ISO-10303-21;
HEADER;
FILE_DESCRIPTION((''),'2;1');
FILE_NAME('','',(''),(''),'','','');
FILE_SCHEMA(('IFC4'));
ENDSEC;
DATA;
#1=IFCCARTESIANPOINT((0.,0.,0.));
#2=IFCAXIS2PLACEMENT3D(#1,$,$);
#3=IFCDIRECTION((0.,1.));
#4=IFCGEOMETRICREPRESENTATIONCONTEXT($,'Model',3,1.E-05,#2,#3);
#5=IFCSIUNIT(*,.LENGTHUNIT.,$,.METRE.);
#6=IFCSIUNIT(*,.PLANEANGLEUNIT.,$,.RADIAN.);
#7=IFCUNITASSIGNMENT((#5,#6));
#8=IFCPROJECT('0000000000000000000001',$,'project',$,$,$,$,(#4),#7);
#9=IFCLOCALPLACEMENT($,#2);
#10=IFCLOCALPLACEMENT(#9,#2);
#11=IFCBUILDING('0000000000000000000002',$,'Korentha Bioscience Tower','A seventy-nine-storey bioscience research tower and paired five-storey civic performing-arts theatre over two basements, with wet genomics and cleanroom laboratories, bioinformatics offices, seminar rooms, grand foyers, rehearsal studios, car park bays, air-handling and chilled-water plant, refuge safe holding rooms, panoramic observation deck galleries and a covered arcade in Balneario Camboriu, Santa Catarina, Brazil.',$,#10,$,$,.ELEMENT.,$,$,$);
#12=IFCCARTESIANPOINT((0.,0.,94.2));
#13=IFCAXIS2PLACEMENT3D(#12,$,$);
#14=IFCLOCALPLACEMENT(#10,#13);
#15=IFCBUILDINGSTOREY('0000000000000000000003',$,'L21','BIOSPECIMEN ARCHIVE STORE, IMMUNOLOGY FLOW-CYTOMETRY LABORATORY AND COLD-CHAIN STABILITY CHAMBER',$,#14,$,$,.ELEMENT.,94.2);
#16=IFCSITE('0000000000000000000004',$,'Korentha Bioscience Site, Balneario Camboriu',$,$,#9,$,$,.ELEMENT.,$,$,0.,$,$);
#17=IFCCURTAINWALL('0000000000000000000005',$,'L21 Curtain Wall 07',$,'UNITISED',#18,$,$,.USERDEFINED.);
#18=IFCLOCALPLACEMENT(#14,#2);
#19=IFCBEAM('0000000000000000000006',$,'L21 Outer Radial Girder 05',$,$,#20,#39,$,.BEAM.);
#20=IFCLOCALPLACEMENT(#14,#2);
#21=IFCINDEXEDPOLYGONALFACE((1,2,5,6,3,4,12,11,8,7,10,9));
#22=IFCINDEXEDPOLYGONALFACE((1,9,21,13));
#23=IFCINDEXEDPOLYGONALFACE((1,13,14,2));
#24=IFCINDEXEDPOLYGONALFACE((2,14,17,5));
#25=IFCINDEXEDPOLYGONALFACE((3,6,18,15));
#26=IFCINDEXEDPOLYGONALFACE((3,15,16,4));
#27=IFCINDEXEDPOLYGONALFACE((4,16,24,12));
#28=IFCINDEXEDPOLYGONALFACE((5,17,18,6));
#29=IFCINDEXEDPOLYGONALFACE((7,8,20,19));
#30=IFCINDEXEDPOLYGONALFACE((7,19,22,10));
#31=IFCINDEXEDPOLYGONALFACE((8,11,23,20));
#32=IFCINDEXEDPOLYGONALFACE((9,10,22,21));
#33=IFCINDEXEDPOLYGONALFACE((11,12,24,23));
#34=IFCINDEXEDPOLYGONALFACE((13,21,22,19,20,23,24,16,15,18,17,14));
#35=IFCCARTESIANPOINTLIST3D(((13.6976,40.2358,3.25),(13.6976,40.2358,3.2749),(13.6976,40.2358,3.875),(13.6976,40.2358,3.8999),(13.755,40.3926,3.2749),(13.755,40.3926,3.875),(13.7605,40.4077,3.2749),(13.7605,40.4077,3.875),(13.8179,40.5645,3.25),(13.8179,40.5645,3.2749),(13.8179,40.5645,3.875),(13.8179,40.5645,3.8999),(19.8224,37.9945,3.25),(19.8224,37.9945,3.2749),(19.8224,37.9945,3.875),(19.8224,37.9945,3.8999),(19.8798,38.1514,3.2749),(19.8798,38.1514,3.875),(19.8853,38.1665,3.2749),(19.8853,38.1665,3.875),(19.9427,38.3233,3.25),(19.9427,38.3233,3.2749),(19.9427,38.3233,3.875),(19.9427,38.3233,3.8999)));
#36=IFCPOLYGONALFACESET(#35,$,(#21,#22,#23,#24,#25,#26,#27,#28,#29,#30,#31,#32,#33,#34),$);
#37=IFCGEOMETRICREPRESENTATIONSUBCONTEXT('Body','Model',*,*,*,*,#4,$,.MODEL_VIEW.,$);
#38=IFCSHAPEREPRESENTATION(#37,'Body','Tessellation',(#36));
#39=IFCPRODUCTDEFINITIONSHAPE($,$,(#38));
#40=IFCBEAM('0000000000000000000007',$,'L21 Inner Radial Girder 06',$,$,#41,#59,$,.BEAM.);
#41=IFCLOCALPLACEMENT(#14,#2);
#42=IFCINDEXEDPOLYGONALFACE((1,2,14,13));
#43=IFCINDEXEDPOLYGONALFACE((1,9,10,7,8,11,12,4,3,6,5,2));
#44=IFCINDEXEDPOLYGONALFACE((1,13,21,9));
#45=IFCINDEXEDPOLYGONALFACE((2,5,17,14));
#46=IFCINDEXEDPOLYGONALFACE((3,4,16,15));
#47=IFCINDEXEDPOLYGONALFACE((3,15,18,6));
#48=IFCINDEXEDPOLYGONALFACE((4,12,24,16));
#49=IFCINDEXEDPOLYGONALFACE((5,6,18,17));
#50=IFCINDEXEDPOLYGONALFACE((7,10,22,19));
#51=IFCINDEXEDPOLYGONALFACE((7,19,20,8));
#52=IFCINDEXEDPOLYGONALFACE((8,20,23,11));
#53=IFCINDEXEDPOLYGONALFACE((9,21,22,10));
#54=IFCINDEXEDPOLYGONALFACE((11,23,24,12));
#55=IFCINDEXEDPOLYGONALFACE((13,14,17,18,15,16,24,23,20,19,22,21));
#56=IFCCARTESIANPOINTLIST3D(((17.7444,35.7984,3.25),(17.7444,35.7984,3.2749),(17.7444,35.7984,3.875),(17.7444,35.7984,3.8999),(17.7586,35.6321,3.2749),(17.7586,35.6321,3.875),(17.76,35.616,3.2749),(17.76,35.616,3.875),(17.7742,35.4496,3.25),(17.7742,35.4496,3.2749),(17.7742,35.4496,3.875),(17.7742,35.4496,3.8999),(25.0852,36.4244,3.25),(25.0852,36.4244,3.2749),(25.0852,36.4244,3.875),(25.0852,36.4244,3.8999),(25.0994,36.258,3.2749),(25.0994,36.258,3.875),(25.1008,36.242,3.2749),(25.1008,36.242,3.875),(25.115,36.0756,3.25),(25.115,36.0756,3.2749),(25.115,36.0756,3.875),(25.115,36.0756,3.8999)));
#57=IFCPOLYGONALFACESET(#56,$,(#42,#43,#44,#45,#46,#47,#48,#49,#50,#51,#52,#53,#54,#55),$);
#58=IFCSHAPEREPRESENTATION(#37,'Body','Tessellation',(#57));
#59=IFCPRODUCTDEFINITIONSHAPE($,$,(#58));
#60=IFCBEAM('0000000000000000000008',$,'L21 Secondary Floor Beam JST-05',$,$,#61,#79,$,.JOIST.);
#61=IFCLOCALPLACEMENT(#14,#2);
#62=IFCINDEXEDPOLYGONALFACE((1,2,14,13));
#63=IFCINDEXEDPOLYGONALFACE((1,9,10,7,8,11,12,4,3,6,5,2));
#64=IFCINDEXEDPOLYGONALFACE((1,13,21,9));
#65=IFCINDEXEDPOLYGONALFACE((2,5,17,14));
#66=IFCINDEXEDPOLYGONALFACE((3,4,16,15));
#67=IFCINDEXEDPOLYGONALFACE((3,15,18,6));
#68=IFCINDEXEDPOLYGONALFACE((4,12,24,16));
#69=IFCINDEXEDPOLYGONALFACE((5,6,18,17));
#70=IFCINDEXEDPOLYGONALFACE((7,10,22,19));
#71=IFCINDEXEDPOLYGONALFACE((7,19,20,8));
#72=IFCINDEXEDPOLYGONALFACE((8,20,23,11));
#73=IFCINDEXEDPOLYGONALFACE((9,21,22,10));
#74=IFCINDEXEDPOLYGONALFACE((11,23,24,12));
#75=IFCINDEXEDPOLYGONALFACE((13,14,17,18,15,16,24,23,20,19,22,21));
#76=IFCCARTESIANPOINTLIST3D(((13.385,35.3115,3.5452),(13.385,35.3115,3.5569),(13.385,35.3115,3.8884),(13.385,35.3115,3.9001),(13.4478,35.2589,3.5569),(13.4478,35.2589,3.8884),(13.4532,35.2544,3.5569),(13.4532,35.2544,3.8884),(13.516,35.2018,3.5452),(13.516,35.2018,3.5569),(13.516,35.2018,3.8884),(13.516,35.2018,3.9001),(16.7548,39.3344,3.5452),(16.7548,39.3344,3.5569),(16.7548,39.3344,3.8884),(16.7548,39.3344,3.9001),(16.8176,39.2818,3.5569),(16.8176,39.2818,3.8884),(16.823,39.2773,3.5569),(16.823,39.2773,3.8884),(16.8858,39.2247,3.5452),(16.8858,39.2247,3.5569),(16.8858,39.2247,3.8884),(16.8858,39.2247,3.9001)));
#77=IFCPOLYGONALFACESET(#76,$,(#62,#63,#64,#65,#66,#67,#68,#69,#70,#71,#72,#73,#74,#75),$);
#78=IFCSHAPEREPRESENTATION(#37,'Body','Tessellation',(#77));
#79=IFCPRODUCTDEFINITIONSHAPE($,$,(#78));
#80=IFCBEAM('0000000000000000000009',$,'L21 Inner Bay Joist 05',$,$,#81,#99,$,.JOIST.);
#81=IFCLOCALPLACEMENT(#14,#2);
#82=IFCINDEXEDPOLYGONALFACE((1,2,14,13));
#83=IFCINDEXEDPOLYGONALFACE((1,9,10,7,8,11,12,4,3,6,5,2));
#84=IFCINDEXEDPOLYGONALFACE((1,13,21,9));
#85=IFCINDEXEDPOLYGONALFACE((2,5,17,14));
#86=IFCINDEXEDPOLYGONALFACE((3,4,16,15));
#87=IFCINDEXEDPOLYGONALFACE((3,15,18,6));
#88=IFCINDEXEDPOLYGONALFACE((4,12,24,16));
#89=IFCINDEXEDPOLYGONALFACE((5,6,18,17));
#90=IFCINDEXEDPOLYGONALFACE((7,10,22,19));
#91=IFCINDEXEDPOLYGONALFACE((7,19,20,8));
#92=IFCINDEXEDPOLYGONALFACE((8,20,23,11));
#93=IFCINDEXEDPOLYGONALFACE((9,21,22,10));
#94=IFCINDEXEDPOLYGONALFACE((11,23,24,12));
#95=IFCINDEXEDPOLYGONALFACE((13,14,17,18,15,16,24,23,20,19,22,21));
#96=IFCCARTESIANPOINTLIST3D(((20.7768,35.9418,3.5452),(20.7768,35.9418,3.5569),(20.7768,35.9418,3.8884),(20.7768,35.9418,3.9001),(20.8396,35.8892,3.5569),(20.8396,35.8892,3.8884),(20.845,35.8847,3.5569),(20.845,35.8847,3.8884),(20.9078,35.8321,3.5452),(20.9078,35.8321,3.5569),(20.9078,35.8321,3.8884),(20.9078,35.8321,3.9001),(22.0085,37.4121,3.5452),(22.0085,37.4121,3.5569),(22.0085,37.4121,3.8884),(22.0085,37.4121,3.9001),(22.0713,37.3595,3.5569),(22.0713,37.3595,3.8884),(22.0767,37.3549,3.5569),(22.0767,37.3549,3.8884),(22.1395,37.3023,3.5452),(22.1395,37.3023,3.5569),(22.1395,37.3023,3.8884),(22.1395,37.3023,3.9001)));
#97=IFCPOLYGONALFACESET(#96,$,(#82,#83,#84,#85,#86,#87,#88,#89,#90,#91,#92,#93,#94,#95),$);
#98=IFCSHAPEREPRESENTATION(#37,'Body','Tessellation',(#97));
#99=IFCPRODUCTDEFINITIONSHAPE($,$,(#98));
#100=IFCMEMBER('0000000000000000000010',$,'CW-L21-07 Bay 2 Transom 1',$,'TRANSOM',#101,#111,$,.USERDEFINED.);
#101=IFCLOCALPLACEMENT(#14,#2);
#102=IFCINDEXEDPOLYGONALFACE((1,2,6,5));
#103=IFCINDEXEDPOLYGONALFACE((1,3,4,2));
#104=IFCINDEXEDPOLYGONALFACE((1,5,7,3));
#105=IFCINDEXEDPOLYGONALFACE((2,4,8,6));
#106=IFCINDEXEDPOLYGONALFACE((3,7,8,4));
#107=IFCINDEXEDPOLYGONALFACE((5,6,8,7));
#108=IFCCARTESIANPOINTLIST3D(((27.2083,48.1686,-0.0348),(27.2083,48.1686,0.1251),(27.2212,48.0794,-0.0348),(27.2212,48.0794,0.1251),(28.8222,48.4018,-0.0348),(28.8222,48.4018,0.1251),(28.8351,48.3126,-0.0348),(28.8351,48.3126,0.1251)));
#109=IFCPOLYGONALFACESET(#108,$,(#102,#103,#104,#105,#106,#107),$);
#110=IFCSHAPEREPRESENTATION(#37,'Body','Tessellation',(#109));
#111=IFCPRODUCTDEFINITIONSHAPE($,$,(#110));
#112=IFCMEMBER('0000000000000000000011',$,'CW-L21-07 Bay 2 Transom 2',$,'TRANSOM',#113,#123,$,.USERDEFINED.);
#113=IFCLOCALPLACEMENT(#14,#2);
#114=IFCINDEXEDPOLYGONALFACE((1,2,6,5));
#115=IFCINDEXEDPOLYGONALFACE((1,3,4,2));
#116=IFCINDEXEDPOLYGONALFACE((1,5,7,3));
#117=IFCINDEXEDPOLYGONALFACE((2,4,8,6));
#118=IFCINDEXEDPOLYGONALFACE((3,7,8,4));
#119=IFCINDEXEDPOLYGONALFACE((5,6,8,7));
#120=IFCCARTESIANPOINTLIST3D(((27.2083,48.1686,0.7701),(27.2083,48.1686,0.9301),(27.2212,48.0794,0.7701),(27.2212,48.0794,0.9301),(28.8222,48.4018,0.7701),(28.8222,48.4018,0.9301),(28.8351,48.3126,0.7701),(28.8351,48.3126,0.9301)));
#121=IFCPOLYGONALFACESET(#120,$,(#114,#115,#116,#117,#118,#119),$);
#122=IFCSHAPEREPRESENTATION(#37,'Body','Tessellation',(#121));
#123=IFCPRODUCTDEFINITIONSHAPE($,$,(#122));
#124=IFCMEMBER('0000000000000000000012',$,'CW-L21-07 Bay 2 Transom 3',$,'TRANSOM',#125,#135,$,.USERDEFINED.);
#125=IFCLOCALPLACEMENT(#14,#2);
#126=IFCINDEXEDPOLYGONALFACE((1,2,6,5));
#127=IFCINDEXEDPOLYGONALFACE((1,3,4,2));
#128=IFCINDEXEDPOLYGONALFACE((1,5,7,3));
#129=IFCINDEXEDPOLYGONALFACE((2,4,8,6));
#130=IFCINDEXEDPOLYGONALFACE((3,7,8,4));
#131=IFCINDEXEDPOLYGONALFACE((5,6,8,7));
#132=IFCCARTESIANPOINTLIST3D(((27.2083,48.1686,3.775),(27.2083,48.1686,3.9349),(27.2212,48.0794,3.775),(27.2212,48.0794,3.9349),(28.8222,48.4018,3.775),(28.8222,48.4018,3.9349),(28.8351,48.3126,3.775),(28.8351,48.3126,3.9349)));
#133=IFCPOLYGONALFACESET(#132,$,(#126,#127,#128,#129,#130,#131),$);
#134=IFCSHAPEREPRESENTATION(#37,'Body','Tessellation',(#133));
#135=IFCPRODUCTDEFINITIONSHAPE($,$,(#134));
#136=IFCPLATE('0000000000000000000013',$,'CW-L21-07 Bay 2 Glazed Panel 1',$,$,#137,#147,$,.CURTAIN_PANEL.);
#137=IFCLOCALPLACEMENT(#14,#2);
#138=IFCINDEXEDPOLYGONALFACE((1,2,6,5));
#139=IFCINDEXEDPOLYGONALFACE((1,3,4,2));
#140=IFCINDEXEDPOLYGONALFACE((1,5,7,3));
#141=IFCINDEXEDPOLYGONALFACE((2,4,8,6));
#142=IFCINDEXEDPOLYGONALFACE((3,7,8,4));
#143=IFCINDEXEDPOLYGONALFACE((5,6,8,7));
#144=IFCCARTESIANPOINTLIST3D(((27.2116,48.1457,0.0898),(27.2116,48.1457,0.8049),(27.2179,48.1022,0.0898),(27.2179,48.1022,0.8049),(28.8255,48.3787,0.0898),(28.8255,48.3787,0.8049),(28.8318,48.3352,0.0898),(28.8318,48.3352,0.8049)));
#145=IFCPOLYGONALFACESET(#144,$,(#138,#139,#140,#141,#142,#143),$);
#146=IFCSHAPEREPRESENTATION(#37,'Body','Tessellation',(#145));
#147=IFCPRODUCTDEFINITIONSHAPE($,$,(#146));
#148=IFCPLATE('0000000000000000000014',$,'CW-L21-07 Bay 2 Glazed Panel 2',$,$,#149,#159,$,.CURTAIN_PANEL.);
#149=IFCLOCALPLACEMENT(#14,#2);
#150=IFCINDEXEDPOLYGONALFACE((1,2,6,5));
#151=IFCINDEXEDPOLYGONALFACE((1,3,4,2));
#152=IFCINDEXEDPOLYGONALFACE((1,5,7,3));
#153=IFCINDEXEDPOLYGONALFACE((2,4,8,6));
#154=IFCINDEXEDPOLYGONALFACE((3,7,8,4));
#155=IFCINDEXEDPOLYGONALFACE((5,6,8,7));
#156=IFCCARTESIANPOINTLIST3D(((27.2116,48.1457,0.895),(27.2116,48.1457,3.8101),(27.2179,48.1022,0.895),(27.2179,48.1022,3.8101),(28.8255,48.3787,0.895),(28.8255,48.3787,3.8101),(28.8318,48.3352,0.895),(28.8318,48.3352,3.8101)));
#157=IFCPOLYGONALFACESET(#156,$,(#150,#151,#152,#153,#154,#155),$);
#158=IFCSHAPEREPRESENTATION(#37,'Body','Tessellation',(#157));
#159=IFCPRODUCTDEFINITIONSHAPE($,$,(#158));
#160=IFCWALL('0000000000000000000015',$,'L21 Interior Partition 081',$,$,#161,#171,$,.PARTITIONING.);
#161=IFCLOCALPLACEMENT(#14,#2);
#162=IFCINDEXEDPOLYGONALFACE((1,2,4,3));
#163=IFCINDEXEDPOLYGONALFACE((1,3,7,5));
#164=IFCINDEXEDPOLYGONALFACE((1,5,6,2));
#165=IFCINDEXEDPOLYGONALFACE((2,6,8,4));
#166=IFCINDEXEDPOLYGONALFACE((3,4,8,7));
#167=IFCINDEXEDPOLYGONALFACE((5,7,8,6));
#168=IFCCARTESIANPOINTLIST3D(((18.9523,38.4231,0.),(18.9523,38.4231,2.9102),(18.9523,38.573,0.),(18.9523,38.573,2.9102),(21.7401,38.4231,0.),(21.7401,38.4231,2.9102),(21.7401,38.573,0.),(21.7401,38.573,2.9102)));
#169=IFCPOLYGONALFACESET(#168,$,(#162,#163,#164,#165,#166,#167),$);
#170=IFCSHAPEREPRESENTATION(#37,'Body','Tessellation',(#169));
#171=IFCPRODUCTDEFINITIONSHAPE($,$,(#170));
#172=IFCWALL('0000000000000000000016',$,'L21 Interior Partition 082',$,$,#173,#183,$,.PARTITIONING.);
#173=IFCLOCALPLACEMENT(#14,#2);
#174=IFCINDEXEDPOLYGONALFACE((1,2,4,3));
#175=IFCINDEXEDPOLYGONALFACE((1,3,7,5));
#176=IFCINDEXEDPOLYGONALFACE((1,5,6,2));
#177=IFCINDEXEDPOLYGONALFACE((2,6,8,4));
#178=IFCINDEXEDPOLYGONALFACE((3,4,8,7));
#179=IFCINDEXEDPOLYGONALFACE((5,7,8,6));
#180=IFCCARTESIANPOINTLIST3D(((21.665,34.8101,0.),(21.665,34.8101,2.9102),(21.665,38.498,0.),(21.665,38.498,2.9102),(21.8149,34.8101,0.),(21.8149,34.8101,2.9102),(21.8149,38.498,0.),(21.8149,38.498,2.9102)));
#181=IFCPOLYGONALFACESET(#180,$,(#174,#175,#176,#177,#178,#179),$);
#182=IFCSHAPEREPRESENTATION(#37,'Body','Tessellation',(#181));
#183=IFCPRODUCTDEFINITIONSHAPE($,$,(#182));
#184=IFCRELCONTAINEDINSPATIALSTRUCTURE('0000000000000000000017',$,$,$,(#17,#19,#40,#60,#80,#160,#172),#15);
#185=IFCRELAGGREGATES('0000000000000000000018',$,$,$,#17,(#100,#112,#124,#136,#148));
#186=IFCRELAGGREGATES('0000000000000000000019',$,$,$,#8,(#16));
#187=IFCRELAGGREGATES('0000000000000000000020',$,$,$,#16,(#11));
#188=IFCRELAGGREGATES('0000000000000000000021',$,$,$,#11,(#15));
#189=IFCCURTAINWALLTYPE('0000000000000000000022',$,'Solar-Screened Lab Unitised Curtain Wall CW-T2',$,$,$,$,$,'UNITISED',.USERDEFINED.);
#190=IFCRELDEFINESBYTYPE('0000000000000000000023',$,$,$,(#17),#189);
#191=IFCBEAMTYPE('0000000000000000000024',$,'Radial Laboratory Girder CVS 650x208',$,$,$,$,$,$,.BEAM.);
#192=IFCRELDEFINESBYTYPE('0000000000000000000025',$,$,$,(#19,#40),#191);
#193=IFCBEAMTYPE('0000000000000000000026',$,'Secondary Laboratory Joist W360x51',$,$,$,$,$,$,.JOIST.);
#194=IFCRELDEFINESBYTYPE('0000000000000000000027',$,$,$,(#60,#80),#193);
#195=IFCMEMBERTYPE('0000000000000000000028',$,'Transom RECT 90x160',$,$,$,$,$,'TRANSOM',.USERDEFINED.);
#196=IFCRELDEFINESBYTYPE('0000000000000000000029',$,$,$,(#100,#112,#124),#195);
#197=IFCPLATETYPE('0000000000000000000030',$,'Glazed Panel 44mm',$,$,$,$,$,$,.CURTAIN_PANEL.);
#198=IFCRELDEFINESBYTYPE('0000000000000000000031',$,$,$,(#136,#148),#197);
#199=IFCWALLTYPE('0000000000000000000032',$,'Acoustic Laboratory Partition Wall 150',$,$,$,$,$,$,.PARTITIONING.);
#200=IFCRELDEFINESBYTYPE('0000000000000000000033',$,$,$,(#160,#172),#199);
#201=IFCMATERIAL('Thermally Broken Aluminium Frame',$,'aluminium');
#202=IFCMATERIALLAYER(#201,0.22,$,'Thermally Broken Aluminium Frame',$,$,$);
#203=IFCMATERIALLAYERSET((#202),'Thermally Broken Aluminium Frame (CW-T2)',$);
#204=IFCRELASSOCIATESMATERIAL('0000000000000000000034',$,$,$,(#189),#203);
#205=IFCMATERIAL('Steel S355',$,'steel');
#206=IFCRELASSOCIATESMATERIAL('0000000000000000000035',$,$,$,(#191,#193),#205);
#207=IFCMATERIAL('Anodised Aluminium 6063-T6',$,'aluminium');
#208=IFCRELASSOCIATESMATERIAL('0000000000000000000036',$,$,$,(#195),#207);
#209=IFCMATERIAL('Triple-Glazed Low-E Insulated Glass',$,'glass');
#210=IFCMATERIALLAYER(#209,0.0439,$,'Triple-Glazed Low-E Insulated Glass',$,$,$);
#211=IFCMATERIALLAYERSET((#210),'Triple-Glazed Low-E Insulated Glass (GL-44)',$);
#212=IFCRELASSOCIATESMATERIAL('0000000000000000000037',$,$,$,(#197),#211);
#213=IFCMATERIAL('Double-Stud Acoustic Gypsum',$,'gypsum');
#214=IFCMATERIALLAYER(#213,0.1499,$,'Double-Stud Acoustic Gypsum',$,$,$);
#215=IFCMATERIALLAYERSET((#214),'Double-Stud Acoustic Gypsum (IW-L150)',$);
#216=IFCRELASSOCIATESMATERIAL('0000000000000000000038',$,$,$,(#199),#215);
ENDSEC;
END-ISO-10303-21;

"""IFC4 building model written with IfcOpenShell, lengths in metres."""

from ifc_helpers import new_model, si_unit, direction, frame, frame_2d, origin, origin_2d, place, context, subcontext, project, spatial, rectangle, i_section, extrude, material, layer, layer_set, material_profile, profile_set, type_object, element, aggregate, save


model = new_model("IFC4")

# Units and contexts
model_context = context("Model", 3, precision=1e-05, world=origin(), true_north=direction((0.0, 1.0)))
body_context = subcontext(model_context, "Body", "Model", "MODEL_VIEW")
ifc_project = project(units=[si_unit("LENGTHUNIT", "METRE"), si_unit("PLANEANGLEUNIT", "RADIAN")], contexts=[model_context])

# Site, building, storey
site_placement = place(None, origin())
site = spatial("IfcSite", under=ifc_project, at=site_placement, Name="Korentha Bioscience Site, Balneario Camboriu", CompositionType="ELEMENT", RefElevation=0.0)
building_placement = place(site_placement, origin())
building = spatial("IfcBuilding", under=site, at=building_placement, Name="Korentha Bioscience Tower", Description="A seventy-nine-storey bioscience research tower and paired five-storey civic performing-arts theatre over two basements, with wet genomics and cleanroom laboratories, bioinformatics offices, seminar rooms, grand foyers, rehearsal studios, car park bays, air-handling and chilled-water plant, refuge safe holding rooms, panoramic observation deck galleries and a covered arcade in Balneario Camboriu, Santa Catarina, Brazil.", CompositionType="ELEMENT")
storey_placement = place(building_placement, frame((0.0, 0.0, 94.2)))
storey = spatial("IfcBuildingStorey", under=building, at=storey_placement, Name="L21", Description="BIOSPECIMEN ARCHIVE STORE, IMMUNOLOGY FLOW-CYTOMETRY LABORATORY AND COLD-CHAIN STABILITY CHAMBER", CompositionType="ELEMENT", Elevation=94.2)

# Shared definitions
ifc_material_1 = material(Name="Steel S355", Category="steel")

# Curtain wall
ifc_material_2 = material(Name="Thermally Broken Aluminium Frame", Category="aluminium")
ifc_layer_1 = layer(ifc_material_2, 0.22, Name="Thermally Broken Aluminium Frame")
ifc_layer_set_1 = layer_set([ifc_layer_1], Name="Thermally Broken Aluminium Frame (CW-T2)")
curtain_wall_type = type_object("IfcCurtainWallType", Name="Solar-Screened Lab Unitised Curtain Wall CW-T2", ElementType="UNITISED", PredefinedType="USERDEFINED", material=ifc_layer_set_1)
curtain_wall_placement = place(storey_placement, origin())
curtain_wall = element("IfcCurtainWall", 1, at=curtain_wall_placement, inside=storey, type_object=curtain_wall_type, Name="L21 Curtain Wall 07", ObjectType="UNITISED", PredefinedType="USERDEFINED")
ifc_material_3 = material(Name="Anodised Aluminium 6063-T6", Category="aluminium")

# Beams
ifc_material_profile_1 = material_profile(ifc_material_1, i_section(OverallWidth=0.3501, OverallDepth=0.6499, WebThickness=0.0161, FlangeThickness=0.0249, at=origin_2d()), Name="Steel S355")
ifc_profile_set_1 = profile_set([ifc_material_profile_1], Name="Steel S355 (RB-650)")
beam_type_1 = type_object("IfcBeamType", Name="Radial Laboratory Girder CVS 650x208", PredefinedType="BEAM", material=ifc_profile_set_1)
beam_1_placement = place(storey_placement, frame((19.8826, 38.1589, 3.575), z_axis=(-0.939101, 0.343642, 0.0), x_axis=(-0.343642, -0.939101, 0.0)))
element("IfcBeam", 2, at=beam_1_placement, inside=storey, type_object=beam_type_1, Name="L21 Outer Radial Girder 05", PredefinedType="BEAM", context=body_context, shape_type="SweptSolid", body=[
    extrude(i_section(OverallWidth=0.3501, OverallDepth=0.6499, WebThickness=0.0161, FlangeThickness=0.0249, at=origin_2d()), origin(), (0.0, 0.0, 1.0), 6.522),
])
beam_2_placement = place(storey_placement, frame((25.1001, 36.25, 3.575), z_axis=(-0.996384, -0.084965, 0.0), x_axis=(0.084965, -0.996384, 0.0)))
element("IfcBeam", 3, at=beam_2_placement, inside=storey, type_object=beam_type_1, Name="L21 Inner Radial Girder 06", PredefinedType="BEAM", context=body_context, shape_type="SweptSolid", body=[
    extrude(i_section(OverallWidth=0.3501, OverallDepth=0.6499, WebThickness=0.0161, FlangeThickness=0.0249, at=origin_2d()), origin(), (0.0, 0.0, 1.0), 7.3674),
])
ifc_material_profile_2 = material_profile(ifc_material_1, i_section(OverallWidth=0.1709, OverallDepth=0.355, WebThickness=0.0071, FlangeThickness=0.0117, at=origin_2d()), Name="Steel S355")
ifc_profile_set_2 = profile_set([ifc_material_profile_2], Name="Steel S355 (JB-360)")
beam_type_2 = type_object("IfcBeamType", Name="Secondary Laboratory Joist W360x51", PredefinedType="JOIST", material=ifc_profile_set_2)
beam_3_placement = place(storey_placement, frame((16.8203, 39.2795, 3.7227), z_axis=(-0.642141, -0.766587, 0.0), x_axis=(0.766587, -0.642141, 0.0)))
element("IfcBeam", 4, at=beam_3_placement, inside=storey, type_object=beam_type_2, Name="L21 Secondary Floor Beam JST-05", PredefinedType="JOIST", context=body_context, shape_type="SweptSolid", body=[
    extrude(i_section(OverallWidth=0.1709, OverallDepth=0.355, WebThickness=0.0071, FlangeThickness=0.0117, at=origin_2d()), origin(), (0.0, 0.0, 1.0), 5.2478),
])
beam_4_placement = place(storey_placement, frame((22.074, 37.3572, 3.7227), z_axis=(-0.642185, -0.766549, 0.0), x_axis=(0.766549, -0.642185, 0.0)))
element("IfcBeam", 5, at=beam_4_placement, inside=storey, type_object=beam_type_2, Name="L21 Inner Bay Joist 05", PredefinedType="JOIST", context=body_context, shape_type="SweptSolid", body=[
    extrude(i_section(OverallWidth=0.1709, OverallDepth=0.355, WebThickness=0.0071, FlangeThickness=0.0117, at=origin_2d()), origin(), (0.0, 0.0, 1.0), 1.918),
])

# Members
ifc_material_profile_3 = material_profile(ifc_material_3, rectangle(XDim=0.0901, YDim=0.1599, at=origin_2d()), Name="Anodised Aluminium 6063-T6")
ifc_profile_set_3 = profile_set([ifc_material_profile_3], Name="Anodised Aluminium 6063-T6 (CW-TRN)")
member_type_1 = type_object("IfcMemberType", Name="Transom RECT 90x160", ElementType="TRANSOM", PredefinedType="USERDEFINED", material=ifc_profile_set_3)
member_1_placement = place(storey_placement, frame((28.8286, 48.3572, 0.0452), z_axis=(-0.989724, -0.142993, 0.0), x_axis=(0.142993, -0.989724, 0.0)))
member_1 = element("IfcMember", 6, at=member_1_placement, type_object=member_type_1, Name="CW-L21-07 Bay 2 Transom 1", ObjectType="TRANSOM", PredefinedType="USERDEFINED", context=body_context, shape_type="SweptSolid", body=[
    extrude(rectangle(XDim=0.0901, YDim=0.1599, at=origin_2d()), origin(), (0.0, 0.0, 1.0), 1.6306),
])
member_2_placement = place(storey_placement, frame((28.8286, 48.3572, 0.8501), z_axis=(-0.989724, -0.142993, 0.0), x_axis=(0.142993, -0.989724, 0.0)))
member_2 = element("IfcMember", 7, at=member_2_placement, type_object=member_type_1, Name="CW-L21-07 Bay 2 Transom 2", ObjectType="TRANSOM", PredefinedType="USERDEFINED", context=body_context, shape_type="SweptSolid", body=[
    extrude(rectangle(XDim=0.0901, YDim=0.1599, at=origin_2d()), origin(), (0.0, 0.0, 1.0), 1.6306),
])
member_3_placement = place(storey_placement, frame((28.8286, 48.3572, 3.855), z_axis=(-0.989724, -0.142993, 0.0), x_axis=(0.142993, -0.989724, 0.0)))
member_3 = element("IfcMember", 8, at=member_3_placement, type_object=member_type_1, Name="CW-L21-07 Bay 2 Transom 3", ObjectType="TRANSOM", PredefinedType="USERDEFINED", context=body_context, shape_type="SweptSolid", body=[
    extrude(rectangle(XDim=0.0901, YDim=0.1599, at=origin_2d()), origin(), (0.0, 0.0, 1.0), 1.6306),
])

# Plates
ifc_material_4 = material(Name="Triple-Glazed Low-E Insulated Glass", Category="glass")
ifc_layer_2 = layer(ifc_material_4, 0.0439, Name="Triple-Glazed Low-E Insulated Glass")
ifc_layer_set_2 = layer_set([ifc_layer_2], Name="Triple-Glazed Low-E Insulated Glass (GL-44)")
plate_type = type_object("IfcPlateType", Name="Glazed Panel 44mm", PredefinedType="CURTAIN_PANEL", material=ifc_layer_set_2)
plate_1_placement = place(storey_placement, frame((28.0217, 48.2405, 0.0898), z_axis=(0.0, 0.0, 1.0), x_axis=(-0.989738, -0.142892, 0.0)))
plate_1 = element("IfcPlate", 9, at=plate_1_placement, type_object=plate_type, Name="CW-L21-07 Bay 2 Glazed Panel 1", PredefinedType="CURTAIN_PANEL", context=body_context, shape_type="SweptSolid", body=[
    extrude(rectangle(XDim=1.6306, YDim=0.0439, at=origin_2d()), origin(), (0.0, 0.0, 1.0), 0.7151),
])
plate_2_placement = place(storey_placement, frame((28.0217, 48.2405, 0.895), z_axis=(0.0, 0.0, 1.0), x_axis=(-0.989738, -0.142892, 0.0)))
plate_2 = element("IfcPlate", 10, at=plate_2_placement, type_object=plate_type, Name="CW-L21-07 Bay 2 Glazed Panel 2", PredefinedType="CURTAIN_PANEL", context=body_context, shape_type="SweptSolid", body=[
    extrude(rectangle(XDim=1.6306, YDim=0.0439, at=origin_2d()), origin(), (0.0, 0.0, 1.0), 2.915),
])
aggregate(curtain_wall, [member_1, member_2, member_3, plate_1, plate_2])

# Walls
ifc_material_5 = material(Name="Double-Stud Acoustic Gypsum", Category="gypsum")
ifc_layer_3 = layer(ifc_material_5, 0.1499, Name="Double-Stud Acoustic Gypsum")
ifc_layer_set_3 = layer_set([ifc_layer_3], Name="Double-Stud Acoustic Gypsum (IW-L150)")
wall_type_1 = type_object("IfcWallType", Name="Acoustic Laboratory Partition Wall 150", PredefinedType="PARTITIONING", material=ifc_layer_set_3)
wall_1_placement = place(storey_placement, frame((18.9521, 38.498, 0.0), z_axis=(0.0, 0.0, 1.0), x_axis=(1.0, 0.0, 0.0)))
element("IfcWall", 11, at=wall_1_placement, inside=storey, type_object=wall_type_1, Name="L21 Interior Partition 081", PredefinedType="PARTITIONING", context=body_context, shape_type="SweptSolid", body=[
    extrude(rectangle(XDim=2.7878, YDim=0.1499, at=frame_2d((1.394, 0.0))), origin(), (0.0, 0.0, 1.0), 2.9102),
])
wall_2_placement = place(storey_placement, frame((21.74, 38.498, 0.0), z_axis=(0.0, 0.0, 1.0), x_axis=(0.0, -1.0, 0.0)))
element("IfcWall", 12, at=wall_2_placement, inside=storey, type_object=wall_type_1, Name="L21 Interior Partition 082", PredefinedType="PARTITIONING", context=body_context, shape_type="SweptSolid", body=[
    extrude(rectangle(XDim=3.688, YDim=0.1499, at=frame_2d((1.844, 0.0))), origin(), (0.0, 0.0, 1.0), 2.9102),
])

save(model, "model.ifc")
